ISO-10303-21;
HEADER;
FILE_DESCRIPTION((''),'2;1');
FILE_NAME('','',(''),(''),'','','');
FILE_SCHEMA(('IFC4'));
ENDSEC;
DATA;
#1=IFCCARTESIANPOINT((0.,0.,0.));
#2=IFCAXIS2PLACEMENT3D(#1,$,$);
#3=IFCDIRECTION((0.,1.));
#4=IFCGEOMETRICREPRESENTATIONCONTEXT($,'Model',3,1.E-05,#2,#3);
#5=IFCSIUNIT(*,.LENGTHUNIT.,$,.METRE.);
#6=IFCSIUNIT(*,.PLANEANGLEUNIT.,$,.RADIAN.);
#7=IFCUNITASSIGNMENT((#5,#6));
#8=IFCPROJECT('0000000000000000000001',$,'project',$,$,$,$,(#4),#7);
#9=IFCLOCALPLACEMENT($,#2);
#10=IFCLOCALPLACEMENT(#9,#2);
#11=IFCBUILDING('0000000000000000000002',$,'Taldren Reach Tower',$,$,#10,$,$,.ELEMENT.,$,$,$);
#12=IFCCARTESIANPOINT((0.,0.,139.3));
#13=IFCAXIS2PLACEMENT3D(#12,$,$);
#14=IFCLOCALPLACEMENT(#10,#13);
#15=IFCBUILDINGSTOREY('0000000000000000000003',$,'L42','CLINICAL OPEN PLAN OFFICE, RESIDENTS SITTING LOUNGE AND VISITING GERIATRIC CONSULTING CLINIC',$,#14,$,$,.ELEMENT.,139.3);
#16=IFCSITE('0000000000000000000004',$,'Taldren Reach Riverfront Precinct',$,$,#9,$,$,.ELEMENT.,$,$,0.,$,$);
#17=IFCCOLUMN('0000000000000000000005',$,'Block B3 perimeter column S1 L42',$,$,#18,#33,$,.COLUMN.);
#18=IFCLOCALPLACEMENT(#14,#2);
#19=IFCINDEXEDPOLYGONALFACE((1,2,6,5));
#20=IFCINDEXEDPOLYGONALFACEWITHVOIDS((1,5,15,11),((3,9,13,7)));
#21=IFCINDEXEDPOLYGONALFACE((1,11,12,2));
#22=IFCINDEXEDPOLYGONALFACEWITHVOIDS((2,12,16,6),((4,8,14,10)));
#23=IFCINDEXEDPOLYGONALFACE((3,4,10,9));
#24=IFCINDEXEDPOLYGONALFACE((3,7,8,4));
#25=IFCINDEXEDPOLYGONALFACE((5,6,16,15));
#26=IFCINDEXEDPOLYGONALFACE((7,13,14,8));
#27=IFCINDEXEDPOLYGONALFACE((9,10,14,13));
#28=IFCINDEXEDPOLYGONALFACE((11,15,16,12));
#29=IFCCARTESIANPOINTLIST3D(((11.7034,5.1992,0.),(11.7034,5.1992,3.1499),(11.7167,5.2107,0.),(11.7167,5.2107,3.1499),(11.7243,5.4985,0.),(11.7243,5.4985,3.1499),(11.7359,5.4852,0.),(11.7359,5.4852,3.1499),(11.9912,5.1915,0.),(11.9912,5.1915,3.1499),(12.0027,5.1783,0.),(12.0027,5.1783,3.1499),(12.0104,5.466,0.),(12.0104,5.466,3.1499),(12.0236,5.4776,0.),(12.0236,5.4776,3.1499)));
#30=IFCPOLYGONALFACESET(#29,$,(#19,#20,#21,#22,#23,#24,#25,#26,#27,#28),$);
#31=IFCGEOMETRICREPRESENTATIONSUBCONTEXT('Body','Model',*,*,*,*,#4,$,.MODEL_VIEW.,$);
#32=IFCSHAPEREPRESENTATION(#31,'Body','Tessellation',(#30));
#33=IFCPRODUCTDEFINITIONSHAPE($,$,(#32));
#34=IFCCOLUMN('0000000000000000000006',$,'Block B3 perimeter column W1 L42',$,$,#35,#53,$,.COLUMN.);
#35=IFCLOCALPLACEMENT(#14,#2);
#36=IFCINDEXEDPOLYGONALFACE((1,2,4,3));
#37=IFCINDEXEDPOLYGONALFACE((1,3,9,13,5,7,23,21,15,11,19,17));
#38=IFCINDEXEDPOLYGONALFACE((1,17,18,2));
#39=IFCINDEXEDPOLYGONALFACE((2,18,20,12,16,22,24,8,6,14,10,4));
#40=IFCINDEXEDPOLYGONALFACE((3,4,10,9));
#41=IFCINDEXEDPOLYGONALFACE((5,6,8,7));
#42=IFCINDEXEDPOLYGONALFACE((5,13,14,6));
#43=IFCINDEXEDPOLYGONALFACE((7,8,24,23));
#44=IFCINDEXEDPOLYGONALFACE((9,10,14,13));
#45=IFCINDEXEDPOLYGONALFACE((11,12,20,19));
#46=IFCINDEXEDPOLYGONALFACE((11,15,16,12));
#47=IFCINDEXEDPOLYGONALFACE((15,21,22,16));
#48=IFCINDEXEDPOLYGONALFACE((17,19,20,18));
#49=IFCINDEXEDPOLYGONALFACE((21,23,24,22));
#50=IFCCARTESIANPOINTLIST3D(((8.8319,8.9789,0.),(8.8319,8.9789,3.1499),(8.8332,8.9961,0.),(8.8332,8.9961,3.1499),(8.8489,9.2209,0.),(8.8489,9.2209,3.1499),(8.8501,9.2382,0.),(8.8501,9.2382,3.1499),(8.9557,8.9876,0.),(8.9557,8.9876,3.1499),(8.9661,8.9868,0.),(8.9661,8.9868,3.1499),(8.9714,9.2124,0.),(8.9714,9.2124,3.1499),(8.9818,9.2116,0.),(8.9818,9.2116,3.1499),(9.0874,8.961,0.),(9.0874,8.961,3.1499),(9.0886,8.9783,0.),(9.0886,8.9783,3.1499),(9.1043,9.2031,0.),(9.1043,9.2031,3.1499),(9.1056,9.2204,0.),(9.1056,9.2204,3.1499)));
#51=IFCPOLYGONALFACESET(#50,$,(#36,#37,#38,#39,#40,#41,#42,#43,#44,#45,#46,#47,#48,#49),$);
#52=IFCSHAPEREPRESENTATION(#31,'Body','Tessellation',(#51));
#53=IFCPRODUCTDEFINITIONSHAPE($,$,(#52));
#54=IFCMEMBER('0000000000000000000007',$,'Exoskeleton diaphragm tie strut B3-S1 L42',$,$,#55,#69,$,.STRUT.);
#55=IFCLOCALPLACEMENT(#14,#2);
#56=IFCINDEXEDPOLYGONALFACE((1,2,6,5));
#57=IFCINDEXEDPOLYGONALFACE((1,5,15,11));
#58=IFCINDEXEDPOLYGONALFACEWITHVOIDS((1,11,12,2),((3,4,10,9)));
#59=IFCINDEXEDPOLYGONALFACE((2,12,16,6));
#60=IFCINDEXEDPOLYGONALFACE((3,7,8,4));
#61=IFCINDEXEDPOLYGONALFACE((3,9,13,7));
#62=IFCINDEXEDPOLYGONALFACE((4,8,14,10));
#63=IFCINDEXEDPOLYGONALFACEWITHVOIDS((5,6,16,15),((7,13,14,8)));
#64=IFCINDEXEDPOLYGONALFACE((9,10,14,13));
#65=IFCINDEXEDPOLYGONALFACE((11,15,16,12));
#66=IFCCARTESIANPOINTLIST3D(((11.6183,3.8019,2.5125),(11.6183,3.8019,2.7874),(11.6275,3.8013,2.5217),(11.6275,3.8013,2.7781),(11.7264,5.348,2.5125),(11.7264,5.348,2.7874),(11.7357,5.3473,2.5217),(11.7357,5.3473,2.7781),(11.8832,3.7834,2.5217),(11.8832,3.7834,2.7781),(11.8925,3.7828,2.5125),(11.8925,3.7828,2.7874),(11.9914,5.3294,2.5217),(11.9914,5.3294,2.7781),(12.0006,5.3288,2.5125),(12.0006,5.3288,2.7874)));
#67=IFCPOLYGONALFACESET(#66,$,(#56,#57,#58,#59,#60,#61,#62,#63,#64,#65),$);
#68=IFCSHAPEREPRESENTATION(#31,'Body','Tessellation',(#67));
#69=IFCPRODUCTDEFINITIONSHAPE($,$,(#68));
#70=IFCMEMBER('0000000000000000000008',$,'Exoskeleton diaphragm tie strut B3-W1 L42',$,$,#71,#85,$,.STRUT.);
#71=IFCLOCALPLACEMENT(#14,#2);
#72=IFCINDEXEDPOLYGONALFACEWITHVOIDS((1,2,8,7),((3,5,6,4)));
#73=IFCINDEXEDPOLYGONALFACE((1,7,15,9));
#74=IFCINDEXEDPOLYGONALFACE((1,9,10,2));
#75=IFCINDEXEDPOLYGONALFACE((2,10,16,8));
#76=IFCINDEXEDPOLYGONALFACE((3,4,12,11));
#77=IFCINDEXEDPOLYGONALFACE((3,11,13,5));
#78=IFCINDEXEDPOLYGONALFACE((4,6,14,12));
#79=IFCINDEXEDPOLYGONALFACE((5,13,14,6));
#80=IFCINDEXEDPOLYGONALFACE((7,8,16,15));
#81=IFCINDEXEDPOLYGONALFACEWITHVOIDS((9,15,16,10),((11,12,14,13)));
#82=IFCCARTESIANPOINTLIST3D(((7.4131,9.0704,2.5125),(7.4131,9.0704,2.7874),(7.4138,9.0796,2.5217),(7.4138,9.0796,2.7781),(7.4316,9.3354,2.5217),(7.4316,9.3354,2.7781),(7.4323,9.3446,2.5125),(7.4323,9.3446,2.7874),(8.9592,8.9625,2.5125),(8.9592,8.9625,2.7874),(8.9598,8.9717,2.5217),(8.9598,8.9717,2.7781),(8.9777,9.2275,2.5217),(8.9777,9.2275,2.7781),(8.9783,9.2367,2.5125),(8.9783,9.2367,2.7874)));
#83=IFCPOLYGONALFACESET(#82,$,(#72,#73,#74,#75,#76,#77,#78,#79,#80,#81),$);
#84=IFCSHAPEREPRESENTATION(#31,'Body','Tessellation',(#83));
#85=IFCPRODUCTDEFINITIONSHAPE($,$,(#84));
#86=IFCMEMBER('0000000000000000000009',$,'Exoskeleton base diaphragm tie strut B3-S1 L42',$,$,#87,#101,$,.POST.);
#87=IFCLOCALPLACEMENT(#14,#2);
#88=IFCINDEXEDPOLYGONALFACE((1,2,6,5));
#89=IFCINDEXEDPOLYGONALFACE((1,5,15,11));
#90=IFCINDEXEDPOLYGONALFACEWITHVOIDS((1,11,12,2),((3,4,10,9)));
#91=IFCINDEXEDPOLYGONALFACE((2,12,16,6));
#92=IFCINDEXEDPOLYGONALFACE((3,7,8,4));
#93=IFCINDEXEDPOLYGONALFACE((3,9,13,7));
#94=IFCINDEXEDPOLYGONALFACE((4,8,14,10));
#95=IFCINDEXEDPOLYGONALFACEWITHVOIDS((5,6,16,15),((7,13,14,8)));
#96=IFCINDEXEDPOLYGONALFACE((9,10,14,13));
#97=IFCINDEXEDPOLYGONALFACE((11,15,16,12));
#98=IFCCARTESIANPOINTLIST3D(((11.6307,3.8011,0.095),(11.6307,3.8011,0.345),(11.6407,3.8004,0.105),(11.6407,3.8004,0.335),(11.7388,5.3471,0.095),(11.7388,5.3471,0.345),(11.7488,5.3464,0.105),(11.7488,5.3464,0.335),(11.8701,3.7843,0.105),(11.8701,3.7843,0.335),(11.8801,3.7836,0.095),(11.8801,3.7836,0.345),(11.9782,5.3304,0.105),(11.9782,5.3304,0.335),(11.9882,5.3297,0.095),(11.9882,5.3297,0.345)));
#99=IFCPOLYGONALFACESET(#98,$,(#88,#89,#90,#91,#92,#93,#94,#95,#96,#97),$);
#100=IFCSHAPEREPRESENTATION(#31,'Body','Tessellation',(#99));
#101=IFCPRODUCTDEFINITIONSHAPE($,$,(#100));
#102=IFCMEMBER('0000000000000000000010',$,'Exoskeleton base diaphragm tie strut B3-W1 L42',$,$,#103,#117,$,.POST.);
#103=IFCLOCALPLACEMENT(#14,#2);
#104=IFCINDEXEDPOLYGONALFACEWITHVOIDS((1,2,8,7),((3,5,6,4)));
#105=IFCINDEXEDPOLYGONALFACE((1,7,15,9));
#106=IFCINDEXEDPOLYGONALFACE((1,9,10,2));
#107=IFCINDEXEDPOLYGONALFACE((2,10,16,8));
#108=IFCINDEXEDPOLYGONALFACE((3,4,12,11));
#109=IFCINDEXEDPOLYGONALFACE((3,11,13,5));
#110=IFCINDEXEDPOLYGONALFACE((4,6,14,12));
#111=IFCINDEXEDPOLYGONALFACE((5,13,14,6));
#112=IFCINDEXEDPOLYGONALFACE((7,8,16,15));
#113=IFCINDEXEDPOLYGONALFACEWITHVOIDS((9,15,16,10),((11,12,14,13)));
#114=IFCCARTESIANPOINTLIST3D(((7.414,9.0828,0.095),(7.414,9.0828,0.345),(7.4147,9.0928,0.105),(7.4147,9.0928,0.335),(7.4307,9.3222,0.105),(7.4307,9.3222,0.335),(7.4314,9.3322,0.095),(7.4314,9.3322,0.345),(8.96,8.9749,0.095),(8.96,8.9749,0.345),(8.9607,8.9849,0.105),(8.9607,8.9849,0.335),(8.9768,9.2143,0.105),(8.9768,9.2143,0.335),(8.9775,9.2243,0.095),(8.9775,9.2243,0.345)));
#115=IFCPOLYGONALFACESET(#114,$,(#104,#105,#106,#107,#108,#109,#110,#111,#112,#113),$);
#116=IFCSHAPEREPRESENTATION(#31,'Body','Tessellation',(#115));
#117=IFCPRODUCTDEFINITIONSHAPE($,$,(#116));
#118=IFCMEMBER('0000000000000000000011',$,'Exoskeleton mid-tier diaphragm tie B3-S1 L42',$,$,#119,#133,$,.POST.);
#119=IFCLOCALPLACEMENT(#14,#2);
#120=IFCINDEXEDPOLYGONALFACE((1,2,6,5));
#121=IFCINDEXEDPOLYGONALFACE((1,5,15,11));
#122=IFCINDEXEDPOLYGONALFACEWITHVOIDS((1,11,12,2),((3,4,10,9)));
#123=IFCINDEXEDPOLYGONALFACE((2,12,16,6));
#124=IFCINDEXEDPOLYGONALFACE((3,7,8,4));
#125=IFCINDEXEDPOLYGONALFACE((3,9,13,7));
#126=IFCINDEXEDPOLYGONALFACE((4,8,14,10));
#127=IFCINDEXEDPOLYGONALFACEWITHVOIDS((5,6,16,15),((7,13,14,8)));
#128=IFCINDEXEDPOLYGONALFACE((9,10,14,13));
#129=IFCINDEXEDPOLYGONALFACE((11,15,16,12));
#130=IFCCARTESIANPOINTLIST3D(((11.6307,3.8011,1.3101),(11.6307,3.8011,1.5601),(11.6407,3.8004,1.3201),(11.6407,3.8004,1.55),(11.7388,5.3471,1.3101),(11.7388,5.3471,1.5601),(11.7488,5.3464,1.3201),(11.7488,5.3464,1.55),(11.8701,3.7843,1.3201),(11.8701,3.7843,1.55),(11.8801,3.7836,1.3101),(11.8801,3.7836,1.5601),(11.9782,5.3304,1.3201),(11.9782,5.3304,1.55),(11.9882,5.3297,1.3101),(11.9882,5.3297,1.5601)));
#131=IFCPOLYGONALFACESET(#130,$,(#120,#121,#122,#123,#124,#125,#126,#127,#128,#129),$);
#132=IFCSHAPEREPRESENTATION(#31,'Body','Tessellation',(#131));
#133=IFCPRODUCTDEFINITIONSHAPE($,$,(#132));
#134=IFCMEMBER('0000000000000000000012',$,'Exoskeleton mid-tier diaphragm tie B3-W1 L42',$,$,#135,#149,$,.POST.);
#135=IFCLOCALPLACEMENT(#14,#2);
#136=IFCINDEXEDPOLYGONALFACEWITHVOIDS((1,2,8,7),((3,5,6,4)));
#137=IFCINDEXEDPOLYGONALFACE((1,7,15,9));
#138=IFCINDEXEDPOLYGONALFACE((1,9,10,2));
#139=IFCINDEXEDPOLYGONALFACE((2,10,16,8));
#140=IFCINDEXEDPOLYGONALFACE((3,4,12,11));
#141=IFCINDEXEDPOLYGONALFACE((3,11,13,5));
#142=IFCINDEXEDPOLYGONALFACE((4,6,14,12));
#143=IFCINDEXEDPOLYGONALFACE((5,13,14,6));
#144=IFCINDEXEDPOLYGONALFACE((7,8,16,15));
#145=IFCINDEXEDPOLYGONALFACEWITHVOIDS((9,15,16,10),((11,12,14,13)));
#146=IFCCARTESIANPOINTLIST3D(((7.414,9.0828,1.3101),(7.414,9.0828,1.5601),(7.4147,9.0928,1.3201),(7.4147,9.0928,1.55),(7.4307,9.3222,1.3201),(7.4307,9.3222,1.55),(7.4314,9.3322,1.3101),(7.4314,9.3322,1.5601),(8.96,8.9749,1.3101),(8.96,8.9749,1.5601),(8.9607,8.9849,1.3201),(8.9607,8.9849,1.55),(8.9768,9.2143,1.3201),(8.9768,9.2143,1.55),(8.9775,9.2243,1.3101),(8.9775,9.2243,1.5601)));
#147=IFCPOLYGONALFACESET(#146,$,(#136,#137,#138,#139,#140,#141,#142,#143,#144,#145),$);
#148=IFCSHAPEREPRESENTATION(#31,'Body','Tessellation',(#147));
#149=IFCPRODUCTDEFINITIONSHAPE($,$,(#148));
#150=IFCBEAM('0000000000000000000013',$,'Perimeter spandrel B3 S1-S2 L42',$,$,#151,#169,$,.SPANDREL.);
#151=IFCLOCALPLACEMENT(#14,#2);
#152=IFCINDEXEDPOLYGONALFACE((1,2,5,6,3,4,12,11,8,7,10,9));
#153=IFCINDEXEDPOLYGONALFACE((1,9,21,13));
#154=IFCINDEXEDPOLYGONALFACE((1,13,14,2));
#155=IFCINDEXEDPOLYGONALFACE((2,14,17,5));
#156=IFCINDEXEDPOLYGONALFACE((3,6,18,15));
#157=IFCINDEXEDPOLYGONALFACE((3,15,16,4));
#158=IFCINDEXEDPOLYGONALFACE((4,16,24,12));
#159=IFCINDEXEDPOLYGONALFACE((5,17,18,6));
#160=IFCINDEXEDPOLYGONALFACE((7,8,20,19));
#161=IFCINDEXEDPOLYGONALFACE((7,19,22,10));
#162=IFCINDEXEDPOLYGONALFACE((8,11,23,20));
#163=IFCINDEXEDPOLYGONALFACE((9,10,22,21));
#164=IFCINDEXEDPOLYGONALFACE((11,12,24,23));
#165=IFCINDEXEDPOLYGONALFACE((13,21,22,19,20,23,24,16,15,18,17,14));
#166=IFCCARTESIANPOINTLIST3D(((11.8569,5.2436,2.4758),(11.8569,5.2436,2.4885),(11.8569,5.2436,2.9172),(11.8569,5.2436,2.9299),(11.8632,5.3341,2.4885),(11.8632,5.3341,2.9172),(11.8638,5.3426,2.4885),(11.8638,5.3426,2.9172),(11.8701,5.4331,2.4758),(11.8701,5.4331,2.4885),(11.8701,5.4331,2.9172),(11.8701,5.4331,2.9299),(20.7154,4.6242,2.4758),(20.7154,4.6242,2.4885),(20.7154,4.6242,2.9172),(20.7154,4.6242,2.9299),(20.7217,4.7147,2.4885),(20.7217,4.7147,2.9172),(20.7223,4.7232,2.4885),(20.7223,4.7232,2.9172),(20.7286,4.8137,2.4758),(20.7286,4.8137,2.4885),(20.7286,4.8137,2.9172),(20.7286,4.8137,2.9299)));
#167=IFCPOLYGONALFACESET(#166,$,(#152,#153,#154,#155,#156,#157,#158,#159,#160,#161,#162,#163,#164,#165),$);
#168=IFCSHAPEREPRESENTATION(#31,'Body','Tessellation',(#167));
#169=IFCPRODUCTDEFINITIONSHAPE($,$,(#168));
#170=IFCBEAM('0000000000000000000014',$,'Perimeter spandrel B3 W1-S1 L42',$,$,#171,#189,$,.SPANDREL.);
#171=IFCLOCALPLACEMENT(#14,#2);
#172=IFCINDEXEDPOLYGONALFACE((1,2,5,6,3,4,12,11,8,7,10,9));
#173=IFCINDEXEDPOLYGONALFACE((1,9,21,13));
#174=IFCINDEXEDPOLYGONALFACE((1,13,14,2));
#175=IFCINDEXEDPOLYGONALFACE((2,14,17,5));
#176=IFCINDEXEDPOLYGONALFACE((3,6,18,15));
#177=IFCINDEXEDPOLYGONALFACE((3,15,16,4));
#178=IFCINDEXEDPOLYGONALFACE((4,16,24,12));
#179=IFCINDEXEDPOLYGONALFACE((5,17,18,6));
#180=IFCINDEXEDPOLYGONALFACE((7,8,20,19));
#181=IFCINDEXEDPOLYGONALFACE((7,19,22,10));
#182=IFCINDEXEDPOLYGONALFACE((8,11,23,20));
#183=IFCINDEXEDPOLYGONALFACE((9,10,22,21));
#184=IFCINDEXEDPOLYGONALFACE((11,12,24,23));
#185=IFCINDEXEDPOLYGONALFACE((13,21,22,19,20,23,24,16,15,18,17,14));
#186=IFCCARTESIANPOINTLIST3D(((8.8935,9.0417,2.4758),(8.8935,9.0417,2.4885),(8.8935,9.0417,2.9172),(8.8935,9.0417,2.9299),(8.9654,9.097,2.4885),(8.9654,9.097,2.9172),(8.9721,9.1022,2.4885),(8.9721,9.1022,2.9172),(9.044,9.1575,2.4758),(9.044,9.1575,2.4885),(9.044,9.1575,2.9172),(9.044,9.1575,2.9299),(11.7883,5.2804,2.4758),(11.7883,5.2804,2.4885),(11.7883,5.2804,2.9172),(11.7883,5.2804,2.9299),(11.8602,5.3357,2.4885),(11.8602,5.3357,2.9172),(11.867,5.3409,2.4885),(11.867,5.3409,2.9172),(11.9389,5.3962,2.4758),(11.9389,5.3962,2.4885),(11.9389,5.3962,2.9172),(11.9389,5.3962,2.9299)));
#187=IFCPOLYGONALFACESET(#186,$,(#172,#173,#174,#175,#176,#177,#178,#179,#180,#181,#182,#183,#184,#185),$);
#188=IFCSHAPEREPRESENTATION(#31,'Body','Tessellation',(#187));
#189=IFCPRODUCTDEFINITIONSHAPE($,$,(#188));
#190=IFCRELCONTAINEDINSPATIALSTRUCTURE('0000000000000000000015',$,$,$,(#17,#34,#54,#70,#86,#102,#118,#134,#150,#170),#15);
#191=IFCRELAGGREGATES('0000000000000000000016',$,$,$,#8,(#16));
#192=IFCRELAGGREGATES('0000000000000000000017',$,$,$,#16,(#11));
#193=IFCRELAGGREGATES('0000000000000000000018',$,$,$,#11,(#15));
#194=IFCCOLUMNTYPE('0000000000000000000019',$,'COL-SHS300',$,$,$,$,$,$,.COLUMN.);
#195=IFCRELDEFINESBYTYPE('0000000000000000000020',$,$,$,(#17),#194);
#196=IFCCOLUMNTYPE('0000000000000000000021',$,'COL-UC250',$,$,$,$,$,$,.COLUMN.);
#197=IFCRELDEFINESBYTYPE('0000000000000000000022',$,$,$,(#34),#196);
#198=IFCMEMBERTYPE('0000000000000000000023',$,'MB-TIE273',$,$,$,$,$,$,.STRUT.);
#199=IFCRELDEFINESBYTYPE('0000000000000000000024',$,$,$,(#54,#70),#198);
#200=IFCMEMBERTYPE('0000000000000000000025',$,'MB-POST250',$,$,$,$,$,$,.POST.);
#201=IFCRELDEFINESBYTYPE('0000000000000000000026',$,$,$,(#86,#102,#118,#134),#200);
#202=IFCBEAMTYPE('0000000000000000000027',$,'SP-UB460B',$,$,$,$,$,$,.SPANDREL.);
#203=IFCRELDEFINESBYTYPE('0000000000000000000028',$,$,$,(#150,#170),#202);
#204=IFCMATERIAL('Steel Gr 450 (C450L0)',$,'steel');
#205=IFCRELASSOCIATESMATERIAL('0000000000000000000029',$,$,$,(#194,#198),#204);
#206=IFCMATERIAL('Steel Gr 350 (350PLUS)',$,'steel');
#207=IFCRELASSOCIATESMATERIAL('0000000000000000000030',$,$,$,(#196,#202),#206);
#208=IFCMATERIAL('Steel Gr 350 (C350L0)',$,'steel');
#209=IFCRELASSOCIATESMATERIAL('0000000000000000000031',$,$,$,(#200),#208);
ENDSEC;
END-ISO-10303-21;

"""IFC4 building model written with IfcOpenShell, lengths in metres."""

from ifc_helpers import new_model, si_unit, direction, frame, origin, origin_2d, place, context, subcontext, project, spatial, hollow_rectangle, i_section, extrude, source, transform, mapped, material, material_profile, profile_set, type_object, element, save


model = new_model("IFC4")

# Units and contexts
model_context = context("Model", 3, precision=1e-05, world=origin(), true_north=direction((0.0, 1.0)))
body_context = subcontext(model_context, "Body", "Model", "MODEL_VIEW")
ifc_project = project(units=[si_unit("LENGTHUNIT", "METRE"), si_unit("PLANEANGLEUNIT", "RADIAN")], contexts=[model_context])

# Site, building, storey
site_placement = place(None, origin())
site = spatial("IfcSite", under=ifc_project, at=site_placement, Name="Taldren Reach Riverfront Precinct", CompositionType="ELEMENT", RefElevation=0.0)
building_placement = place(site_placement, origin())
building = spatial("IfcBuilding", under=site, at=building_placement, Name="Taldren Reach Tower", CompositionType="ELEMENT")
storey_placement = place(building_placement, frame((0.0, 0.0, 139.3)))
storey = spatial("IfcBuildingStorey", under=building, at=storey_placement, Name="L42", Description="CLINICAL OPEN PLAN OFFICE, RESIDENTS SITTING LOUNGE AND VISITING GERIATRIC CONSULTING CLINIC", CompositionType="ELEMENT", Elevation=139.3)

# Columns
ifc_material_1 = material(Name="Steel Gr 450 (C450L0)", Category="steel")
ifc_material_profile_1 = material_profile(ifc_material_1, hollow_rectangle(XDim=0.3, YDim=0.3, WallThickness=0.0125, at=origin_2d()), Name="300x300x12.5SHS")
ifc_profile_set_1 = profile_set([ifc_material_profile_1], Name="Steel Gr 450 (C450L0)")
column_type_1 = type_object("IfcColumnType", Name="COL-SHS300", PredefinedType="COLUMN", material=ifc_profile_set_1)
shared_shape_1 = source(origin(), body_context, "Body", "SweptSolid", [
    extrude(hollow_rectangle(XDim=0.3, YDim=0.3, WallThickness=0.0125, at=origin_2d()), origin(), (0.0, 0.0, 1.0), 3.1499),
])
column_1_placement = place(storey_placement, frame((11.8635, 5.3384, 0.0), z_axis=(0.0, 0.0, 1.0), x_axis=(0.997564, -0.069756, 0.0)))
element("IfcColumn", 1, at=column_1_placement, inside=storey, type_object=column_type_1, Name="Block B3 perimeter column S1 L42", PredefinedType="COLUMN", context=body_context, shape_type="MappedRepresentation", body=[
    mapped(shared_shape_1, transform((0.0, 0.0, 0.0), scale=1.0)),
])
ifc_material_2 = material(Name="Steel Gr 350 (350PLUS)", Category="steel")
ifc_material_profile_2 = material_profile(ifc_material_2, i_section(OverallWidth=0.2561, OverallDepth=0.26, WebThickness=0.0105, FlangeThickness=0.0173, at=origin_2d()), Name="250UC89.5")
ifc_profile_set_2 = profile_set([ifc_material_profile_2], Name="Steel Gr 350 (350PLUS)")
column_type_2 = type_object("IfcColumnType", Name="COL-UC250", PredefinedType="COLUMN", material=ifc_profile_set_2)
shared_shape_2 = source(origin(), body_context, "Body", "SweptSolid", [
    extrude(i_section(OverallWidth=0.2561, OverallDepth=0.26, WebThickness=0.0105, FlangeThickness=0.0173, at=origin_2d()), origin(), (0.0, 0.0, 1.0), 3.1499),
])
column_2_placement = place(storey_placement, frame((8.9688, 9.0996, 0.0), z_axis=(0.0, 0.0, 1.0), x_axis=(0.997564, -0.069756, 0.0)))
element("IfcColumn", 2, at=column_2_placement, inside=storey, type_object=column_type_2, Name="Block B3 perimeter column W1 L42", PredefinedType="COLUMN", context=body_context, shape_type="MappedRepresentation", body=[
    mapped(shared_shape_2, transform((0.0, 0.0, 0.0), scale=1.0)),
])

# Members
ifc_material_profile_3 = material_profile(ifc_material_1, hollow_rectangle(XDim=0.2749, YDim=0.2749, WallThickness=0.0093, at=origin_2d()), Name="275x275x9.3SHS")
ifc_profile_set_3 = profile_set([ifc_material_profile_3], Name="Steel Gr 450 (C450L0)")
member_type_1 = type_object("IfcMemberType", Name="MB-TIE273", PredefinedType="STRUT", material=ifc_profile_set_3)
shared_shape_3 = source(origin(), body_context, "Body", "SweptSolid", [
    extrude(hollow_rectangle(XDim=0.2749, YDim=0.2749, WallThickness=0.0093, at=origin_2d()), origin(), (0.0, 0.0, 1.0), 1.5498),
])
for number, where, z_axis, x_axis, name in (
    (3, (11.8635, 5.3384, 2.6499), (-0.069781, -0.997562, 0.0), (0.997562, -0.069781, 0.0), "Exoskeleton diaphragm tie strut B3-S1 L42"),
    (4, (8.9688, 9.0996, 2.6499), (-0.997573, 0.069624, 0.0), (-0.069624, -0.997573, 0.0), "Exoskeleton diaphragm tie strut B3-W1 L42"),
):
    element("IfcMember", number, at=place(storey_placement, frame(where, z_axis=z_axis, x_axis=x_axis)), inside=storey, type_object=member_type_1, Name=name, PredefinedType="STRUT", context=body_context, shape_type="MappedRepresentation", body=[
        mapped(shared_shape_3, transform((0.0, 0.0, 0.0), scale=1.0)),
    ])
ifc_material_3 = material(Name="Steel Gr 350 (C350L0)", Category="steel")
ifc_material_profile_4 = material_profile(ifc_material_3, hollow_rectangle(XDim=0.25, YDim=0.25, WallThickness=0.01, at=origin_2d()), Name="250x250x10.0SHS")
ifc_profile_set_4 = profile_set([ifc_material_profile_4], Name="Steel Gr 350 (C350L0)")
member_type_2 = type_object("IfcMemberType", Name="MB-POST250", PredefinedType="POST", material=ifc_profile_set_4)
shared_shape_4 = source(origin(), body_context, "Body", "SweptSolid", [
    extrude(hollow_rectangle(XDim=0.25, YDim=0.25, WallThickness=0.01, at=origin_2d()), origin(), (0.0, 0.0, 1.0), 1.5498),
])
for number, where, z_axis, x_axis, name in (
    (5, (11.8635, 5.3384, 0.22), (-0.069781, -0.997562, 0.0), (0.997562, -0.069781, 0.0), "Exoskeleton base diaphragm tie strut B3-S1 L42"),
    (6, (8.9688, 9.0996, 0.22), (-0.997573, 0.069624, 0.0), (-0.069624, -0.997573, 0.0), "Exoskeleton base diaphragm tie strut B3-W1 L42"),
    (7, (11.8635, 5.3384, 1.4351), (-0.069781, -0.997562, 0.0), (0.997562, -0.069781, 0.0), "Exoskeleton mid-tier diaphragm tie B3-S1 L42"),
    (8, (8.9688, 9.0996, 1.4351), (-0.997573, 0.069624, 0.0), (-0.069624, -0.997573, 0.0), "Exoskeleton mid-tier diaphragm tie B3-W1 L42"),
):
    element("IfcMember", number, at=place(storey_placement, frame(where, z_axis=z_axis, x_axis=x_axis)), inside=storey, type_object=member_type_2, Name=name, PredefinedType="POST", context=body_context, shape_type="MappedRepresentation", body=[
        mapped(shared_shape_4, transform((0.0, 0.0, 0.0), scale=1.0)),
    ])

# Beams
ifc_material_profile_5 = material_profile(ifc_material_2, i_section(OverallWidth=0.1899, OverallDepth=0.4541, WebThickness=0.0085, FlangeThickness=0.0127, at=origin_2d()), Name="460UB67.1")
ifc_profile_set_5 = profile_set([ifc_material_profile_5], Name="Steel Gr 350 (350PLUS)")
beam_type_1 = type_object("IfcBeamType", Name="SP-UB460B", PredefinedType="SPANDREL", material=ifc_profile_set_5)
shared_shape_5 = source(origin(), body_context, "Body", "SweptSolid", [
    extrude(i_section(OverallWidth=0.1899, OverallDepth=0.4541, WebThickness=0.0085, FlangeThickness=0.0127, at=origin_2d()), origin(), (0.0, 0.0, 1.0), 8.8801),
])
beam_1_placement = place(storey_placement, frame((11.8635, 5.3384, 2.7029), z_axis=(0.997564, -0.06975, 0.0), x_axis=(0.06975, 0.997564, 0.0)))
element("IfcBeam", 9, at=beam_1_placement, inside=storey, type_object=beam_type_1, Name="Perimeter spandrel B3 S1-S2 L42", PredefinedType="SPANDREL", context=body_context, shape_type="MappedRepresentation", body=[
    mapped(shared_shape_5, transform((0.0, 0.0, 0.0), scale=1.0)),
])
shared_shape_6 = source(origin(), body_context, "Body", "SweptSolid", [
    extrude(i_section(OverallWidth=0.1899, OverallDepth=0.4541, WebThickness=0.0085, FlangeThickness=0.0127, at=origin_2d()), origin(), (0.0, 0.0, 1.0), 4.7463),
])
beam_2_placement = place(storey_placement, frame((8.9688, 9.0996, 2.7029), z_axis=(0.609912, -0.792469, 0.0), x_axis=(0.792469, 0.609912, 0.0)))
element("IfcBeam", 10, at=beam_2_placement, inside=storey, type_object=beam_type_1, Name="Perimeter spandrel B3 W1-S1 L42", PredefinedType="SPANDREL", context=body_context, shape_type="MappedRepresentation", body=[
    mapped(shared_shape_6, transform((0.0, 0.0, 0.0), scale=1.0)),
])

save(model, "model.ifc")
